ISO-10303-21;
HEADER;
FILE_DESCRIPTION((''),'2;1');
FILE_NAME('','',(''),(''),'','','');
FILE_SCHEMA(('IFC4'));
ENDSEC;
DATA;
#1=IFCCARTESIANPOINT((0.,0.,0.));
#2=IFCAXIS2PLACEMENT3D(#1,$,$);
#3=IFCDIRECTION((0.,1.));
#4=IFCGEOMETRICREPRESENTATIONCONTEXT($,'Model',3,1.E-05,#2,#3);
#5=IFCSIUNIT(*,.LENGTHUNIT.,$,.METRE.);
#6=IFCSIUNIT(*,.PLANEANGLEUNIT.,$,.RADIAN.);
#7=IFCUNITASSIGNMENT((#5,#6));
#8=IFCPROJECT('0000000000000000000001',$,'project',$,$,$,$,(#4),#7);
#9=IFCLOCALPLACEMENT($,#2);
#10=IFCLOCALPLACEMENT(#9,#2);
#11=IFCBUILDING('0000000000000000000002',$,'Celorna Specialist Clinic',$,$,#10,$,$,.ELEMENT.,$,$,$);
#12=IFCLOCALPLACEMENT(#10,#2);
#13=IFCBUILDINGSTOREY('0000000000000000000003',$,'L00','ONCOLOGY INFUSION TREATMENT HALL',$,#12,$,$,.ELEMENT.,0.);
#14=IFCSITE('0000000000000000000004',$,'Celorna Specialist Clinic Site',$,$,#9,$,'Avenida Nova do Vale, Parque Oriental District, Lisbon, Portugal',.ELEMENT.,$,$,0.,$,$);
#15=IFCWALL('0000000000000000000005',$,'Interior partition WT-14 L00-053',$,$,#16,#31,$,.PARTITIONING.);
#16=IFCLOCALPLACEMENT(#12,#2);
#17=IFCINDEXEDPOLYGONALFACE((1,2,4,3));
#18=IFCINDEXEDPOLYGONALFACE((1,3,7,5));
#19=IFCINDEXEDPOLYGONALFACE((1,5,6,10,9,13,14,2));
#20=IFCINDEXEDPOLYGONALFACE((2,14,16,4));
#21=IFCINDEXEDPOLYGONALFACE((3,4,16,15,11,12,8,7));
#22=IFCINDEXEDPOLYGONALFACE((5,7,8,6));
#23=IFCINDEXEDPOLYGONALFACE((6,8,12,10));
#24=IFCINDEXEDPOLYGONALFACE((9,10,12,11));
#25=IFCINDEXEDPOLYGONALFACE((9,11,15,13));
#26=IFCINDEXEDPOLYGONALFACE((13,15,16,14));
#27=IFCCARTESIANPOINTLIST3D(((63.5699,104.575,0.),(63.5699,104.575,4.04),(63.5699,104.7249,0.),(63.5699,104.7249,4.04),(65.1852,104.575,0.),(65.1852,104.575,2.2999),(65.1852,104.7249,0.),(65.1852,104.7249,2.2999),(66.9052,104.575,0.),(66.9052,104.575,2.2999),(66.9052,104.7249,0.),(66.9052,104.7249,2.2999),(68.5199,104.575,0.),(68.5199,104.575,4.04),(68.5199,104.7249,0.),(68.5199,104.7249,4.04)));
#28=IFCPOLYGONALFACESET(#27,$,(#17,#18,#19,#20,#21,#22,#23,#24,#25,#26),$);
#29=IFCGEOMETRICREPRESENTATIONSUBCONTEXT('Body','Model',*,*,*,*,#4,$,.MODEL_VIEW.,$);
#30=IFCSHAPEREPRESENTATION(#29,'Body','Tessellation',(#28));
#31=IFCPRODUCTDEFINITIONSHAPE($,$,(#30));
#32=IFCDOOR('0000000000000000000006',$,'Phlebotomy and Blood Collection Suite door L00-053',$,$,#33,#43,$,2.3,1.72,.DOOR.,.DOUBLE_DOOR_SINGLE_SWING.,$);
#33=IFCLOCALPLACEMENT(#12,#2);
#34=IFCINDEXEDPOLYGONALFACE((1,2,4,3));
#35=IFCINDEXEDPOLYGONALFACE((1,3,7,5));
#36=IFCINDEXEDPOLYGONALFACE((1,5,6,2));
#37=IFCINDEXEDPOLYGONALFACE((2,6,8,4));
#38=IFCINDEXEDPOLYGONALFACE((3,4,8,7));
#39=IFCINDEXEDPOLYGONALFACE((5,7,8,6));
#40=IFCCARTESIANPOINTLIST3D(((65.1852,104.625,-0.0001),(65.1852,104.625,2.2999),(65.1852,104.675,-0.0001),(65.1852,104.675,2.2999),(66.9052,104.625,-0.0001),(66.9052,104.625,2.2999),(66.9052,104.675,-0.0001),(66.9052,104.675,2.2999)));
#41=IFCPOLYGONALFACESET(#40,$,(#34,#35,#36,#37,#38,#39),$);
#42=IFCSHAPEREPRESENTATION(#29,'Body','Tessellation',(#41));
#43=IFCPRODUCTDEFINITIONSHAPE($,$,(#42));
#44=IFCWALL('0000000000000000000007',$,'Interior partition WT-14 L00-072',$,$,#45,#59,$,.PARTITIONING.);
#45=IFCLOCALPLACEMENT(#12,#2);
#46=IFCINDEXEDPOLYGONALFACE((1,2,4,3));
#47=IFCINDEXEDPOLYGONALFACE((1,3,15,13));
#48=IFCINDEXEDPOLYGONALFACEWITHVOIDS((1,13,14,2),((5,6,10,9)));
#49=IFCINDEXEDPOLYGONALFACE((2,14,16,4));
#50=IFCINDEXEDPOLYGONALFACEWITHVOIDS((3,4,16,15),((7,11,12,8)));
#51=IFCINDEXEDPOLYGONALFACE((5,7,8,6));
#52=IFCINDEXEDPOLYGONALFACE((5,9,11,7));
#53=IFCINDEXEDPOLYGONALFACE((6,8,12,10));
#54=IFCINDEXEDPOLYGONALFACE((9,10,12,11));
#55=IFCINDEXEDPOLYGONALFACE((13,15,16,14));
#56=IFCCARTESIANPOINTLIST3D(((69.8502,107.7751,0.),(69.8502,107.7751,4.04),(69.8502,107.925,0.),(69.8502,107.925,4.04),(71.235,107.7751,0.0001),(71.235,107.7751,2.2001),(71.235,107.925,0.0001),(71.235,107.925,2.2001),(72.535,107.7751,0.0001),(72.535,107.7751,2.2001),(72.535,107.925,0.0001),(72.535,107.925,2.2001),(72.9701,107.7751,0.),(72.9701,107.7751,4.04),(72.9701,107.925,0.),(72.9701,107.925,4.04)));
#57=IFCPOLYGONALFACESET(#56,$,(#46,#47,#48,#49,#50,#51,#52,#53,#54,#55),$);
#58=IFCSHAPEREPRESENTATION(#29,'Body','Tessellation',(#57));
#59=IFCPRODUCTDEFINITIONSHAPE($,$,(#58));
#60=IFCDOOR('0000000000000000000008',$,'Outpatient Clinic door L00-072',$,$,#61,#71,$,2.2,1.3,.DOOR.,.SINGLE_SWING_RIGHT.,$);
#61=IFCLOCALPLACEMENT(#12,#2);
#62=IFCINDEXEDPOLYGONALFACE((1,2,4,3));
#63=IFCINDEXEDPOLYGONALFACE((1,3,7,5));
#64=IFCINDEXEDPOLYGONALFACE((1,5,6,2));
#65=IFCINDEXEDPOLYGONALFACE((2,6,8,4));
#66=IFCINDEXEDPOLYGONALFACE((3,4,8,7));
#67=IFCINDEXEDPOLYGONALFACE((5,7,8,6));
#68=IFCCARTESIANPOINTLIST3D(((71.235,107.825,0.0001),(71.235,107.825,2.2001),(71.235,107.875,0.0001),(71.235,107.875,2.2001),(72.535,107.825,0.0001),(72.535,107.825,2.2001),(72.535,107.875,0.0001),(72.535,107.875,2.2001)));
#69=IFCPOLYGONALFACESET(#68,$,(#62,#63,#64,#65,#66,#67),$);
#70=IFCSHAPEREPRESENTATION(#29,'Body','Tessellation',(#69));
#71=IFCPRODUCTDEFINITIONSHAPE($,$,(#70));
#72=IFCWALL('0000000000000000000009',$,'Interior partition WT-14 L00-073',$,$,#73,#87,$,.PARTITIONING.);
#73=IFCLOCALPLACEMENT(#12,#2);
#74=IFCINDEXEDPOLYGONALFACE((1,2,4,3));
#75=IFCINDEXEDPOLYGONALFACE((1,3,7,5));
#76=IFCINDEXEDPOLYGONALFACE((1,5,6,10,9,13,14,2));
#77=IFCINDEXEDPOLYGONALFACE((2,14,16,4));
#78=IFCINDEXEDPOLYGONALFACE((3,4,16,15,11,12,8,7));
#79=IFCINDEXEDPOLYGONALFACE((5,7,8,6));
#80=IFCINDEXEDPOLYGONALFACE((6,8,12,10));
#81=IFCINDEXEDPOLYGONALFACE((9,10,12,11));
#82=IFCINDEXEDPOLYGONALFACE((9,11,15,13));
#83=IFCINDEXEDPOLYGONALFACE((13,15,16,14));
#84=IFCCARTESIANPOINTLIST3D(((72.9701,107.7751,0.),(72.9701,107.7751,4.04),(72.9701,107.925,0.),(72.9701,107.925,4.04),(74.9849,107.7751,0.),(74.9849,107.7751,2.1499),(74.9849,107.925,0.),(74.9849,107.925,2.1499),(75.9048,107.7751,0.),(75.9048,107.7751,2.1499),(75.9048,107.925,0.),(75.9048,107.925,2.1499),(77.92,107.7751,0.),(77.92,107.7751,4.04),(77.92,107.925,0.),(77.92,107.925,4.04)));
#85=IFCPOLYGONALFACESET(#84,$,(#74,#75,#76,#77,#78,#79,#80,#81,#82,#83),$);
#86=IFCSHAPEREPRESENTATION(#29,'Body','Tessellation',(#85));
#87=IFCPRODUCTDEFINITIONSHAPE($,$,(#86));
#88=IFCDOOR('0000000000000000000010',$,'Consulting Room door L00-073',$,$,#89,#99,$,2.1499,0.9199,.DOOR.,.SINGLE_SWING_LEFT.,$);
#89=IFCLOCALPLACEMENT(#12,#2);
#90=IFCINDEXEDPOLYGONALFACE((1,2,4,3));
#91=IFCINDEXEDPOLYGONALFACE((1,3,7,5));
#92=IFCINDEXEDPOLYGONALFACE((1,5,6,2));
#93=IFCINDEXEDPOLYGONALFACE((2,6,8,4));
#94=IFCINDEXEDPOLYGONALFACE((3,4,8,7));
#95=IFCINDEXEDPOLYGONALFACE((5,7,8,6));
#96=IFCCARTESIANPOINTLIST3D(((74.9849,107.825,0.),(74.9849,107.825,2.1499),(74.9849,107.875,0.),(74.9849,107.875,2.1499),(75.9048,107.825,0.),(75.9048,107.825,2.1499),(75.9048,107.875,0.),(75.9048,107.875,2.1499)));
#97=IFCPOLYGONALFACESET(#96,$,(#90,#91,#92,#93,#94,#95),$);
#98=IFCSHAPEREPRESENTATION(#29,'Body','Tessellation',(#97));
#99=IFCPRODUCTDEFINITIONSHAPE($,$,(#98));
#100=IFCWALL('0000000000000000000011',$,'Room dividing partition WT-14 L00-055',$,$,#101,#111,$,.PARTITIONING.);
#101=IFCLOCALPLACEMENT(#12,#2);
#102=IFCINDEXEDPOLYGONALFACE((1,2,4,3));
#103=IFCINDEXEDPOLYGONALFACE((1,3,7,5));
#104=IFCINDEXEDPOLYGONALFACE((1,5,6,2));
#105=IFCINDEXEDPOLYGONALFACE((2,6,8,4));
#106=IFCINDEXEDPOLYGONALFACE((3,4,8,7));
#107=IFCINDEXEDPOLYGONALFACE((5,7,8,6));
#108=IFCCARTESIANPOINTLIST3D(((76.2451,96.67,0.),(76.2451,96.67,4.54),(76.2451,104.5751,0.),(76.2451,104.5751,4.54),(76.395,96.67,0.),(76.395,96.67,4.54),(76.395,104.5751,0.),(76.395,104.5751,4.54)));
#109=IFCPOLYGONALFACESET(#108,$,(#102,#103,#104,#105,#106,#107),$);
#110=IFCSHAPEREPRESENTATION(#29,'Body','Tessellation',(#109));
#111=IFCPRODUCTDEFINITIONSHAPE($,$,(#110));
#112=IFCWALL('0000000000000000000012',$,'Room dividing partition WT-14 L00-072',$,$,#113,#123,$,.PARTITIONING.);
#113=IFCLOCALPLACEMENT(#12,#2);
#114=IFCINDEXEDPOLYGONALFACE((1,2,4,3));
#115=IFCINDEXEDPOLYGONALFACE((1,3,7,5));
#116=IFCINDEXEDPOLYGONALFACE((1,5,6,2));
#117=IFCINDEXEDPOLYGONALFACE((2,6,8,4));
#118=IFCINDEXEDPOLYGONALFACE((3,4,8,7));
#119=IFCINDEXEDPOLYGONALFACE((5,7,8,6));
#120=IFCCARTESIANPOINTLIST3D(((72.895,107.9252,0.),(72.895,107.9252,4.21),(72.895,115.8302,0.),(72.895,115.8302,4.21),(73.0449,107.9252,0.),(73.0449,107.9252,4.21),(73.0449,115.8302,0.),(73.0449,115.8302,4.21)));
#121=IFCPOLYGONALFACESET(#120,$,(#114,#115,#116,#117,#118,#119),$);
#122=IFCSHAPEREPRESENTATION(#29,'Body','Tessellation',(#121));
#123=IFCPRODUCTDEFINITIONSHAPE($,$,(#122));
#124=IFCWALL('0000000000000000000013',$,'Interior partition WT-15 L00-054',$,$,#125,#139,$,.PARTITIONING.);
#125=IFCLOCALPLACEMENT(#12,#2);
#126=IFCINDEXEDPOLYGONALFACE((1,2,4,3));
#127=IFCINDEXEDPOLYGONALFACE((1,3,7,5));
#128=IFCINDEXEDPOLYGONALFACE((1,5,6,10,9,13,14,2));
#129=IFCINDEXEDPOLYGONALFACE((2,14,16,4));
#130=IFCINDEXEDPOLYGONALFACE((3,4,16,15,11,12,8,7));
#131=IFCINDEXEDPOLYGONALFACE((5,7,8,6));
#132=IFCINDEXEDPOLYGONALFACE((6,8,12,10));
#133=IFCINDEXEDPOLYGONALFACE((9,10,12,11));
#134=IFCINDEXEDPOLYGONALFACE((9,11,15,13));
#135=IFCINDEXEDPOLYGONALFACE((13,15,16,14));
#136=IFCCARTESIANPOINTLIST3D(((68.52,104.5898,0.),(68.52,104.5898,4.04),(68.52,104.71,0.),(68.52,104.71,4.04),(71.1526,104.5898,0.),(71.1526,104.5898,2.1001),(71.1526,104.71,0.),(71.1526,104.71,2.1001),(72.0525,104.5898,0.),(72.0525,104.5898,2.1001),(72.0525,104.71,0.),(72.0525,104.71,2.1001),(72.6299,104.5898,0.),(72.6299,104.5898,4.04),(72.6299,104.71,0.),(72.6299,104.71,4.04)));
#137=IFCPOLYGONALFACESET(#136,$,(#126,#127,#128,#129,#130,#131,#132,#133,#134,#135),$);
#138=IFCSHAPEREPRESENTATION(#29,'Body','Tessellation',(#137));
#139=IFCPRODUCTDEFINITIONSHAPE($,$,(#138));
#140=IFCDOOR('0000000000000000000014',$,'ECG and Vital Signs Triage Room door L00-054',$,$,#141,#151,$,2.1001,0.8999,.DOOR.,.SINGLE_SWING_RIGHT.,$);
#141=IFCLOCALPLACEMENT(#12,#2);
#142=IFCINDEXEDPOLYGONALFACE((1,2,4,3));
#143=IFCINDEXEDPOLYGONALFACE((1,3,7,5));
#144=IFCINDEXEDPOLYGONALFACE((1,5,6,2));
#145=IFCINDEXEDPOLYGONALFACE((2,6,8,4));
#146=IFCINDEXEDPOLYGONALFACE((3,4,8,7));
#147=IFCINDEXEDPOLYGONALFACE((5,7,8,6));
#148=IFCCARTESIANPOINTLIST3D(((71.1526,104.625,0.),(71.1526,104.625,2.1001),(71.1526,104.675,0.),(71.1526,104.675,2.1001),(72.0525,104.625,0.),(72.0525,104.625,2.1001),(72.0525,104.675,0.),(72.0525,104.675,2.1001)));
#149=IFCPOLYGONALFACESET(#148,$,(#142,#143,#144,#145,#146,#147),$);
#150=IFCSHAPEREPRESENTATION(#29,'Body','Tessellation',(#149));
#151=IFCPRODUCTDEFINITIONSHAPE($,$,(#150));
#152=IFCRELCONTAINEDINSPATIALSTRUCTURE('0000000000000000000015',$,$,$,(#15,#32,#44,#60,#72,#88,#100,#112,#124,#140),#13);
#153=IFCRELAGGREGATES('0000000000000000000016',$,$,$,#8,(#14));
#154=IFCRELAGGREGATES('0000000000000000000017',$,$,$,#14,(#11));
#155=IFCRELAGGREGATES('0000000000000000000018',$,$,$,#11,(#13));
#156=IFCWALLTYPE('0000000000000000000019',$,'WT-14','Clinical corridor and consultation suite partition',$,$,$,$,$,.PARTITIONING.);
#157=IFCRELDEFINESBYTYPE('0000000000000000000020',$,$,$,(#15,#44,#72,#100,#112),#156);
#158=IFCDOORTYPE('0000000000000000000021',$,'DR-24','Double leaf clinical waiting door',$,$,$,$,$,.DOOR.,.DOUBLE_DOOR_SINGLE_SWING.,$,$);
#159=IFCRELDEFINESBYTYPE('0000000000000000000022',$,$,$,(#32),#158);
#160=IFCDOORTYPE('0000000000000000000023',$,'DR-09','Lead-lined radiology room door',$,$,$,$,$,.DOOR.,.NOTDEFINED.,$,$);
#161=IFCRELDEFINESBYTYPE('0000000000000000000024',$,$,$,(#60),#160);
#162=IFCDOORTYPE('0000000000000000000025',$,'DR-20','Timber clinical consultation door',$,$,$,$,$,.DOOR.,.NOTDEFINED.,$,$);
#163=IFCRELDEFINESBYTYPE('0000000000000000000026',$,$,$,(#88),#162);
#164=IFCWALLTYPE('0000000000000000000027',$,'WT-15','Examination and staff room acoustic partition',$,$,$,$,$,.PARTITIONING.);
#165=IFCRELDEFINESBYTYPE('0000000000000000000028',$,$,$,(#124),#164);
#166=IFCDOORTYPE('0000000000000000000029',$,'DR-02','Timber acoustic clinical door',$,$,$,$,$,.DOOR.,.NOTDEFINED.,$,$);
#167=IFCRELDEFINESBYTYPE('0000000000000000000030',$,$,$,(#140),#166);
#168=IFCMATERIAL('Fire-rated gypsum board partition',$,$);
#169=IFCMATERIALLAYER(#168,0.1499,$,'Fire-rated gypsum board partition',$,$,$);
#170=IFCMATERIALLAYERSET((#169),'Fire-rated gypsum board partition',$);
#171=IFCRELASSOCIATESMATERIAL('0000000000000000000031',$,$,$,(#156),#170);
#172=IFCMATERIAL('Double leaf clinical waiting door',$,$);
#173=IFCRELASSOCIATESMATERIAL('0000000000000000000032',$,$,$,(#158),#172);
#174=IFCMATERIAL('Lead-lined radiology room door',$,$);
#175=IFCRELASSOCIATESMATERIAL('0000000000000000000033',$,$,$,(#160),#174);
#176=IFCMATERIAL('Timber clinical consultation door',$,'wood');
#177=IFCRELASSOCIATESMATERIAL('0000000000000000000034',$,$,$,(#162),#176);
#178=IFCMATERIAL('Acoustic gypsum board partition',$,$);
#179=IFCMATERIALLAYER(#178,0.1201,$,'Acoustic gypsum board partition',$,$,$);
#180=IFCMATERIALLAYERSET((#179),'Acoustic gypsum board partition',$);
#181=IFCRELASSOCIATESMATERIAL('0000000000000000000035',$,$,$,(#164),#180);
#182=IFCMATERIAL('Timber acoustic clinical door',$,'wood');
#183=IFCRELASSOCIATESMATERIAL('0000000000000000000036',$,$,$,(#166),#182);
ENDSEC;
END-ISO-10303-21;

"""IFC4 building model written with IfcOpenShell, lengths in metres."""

from ifc_helpers import new_model, si_unit, direction, frame, frame_2d, origin, place, context, subcontext, project, spatial, rectangle, extrude, material, layer, layer_set, type_object, element, fill, save


model = new_model("IFC4")

# Units and contexts
model_context = context("Model", 3, precision=1e-05, world=origin(), true_north=direction((0.0, 1.0)))
body_context = subcontext(model_context, "Body", "Model", "MODEL_VIEW")
ifc_project = project(units=[si_unit("LENGTHUNIT", "METRE"), si_unit("PLANEANGLEUNIT", "RADIAN")], contexts=[model_context])

# Site, building, storey
site_placement = place(None, origin())
site = spatial("IfcSite", under=ifc_project, at=site_placement, Name="Celorna Specialist Clinic Site", LongName="Avenida Nova do Vale, Parque Oriental District, Lisbon, Portugal", CompositionType="ELEMENT", RefElevation=0.0)
building_placement = place(site_placement, origin())
building = spatial("IfcBuilding", under=site, at=building_placement, Name="Celorna Specialist Clinic", CompositionType="ELEMENT")
storey_placement = place(building_placement, origin())
storey = spatial("IfcBuildingStorey", under=building, at=storey_placement, Name="L00", Description="ONCOLOGY INFUSION TREATMENT HALL", CompositionType="ELEMENT", Elevation=0.0)

# Walls, openings, doors
ifc_material_1 = material(Name="Fire-rated gypsum board partition")
ifc_layer_1 = layer(ifc_material_1, 0.1499, Name="Fire-rated gypsum board partition")
ifc_layer_set_1 = layer_set([ifc_layer_1], Name="Fire-rated gypsum board partition")
wall_type_1 = type_object("IfcWallType", Name="WT-14", Description="Clinical corridor and consultation suite partition", PredefinedType="PARTITIONING", material=ifc_layer_set_1)
wall_1_placement = place(storey_placement, frame((68.52, 104.6499, 0.0), z_axis=(0.0, 0.0, 1.0), x_axis=(-1.0, 0.0, 0.0)))
wall_1 = element("IfcWall", 1, at=wall_1_placement, inside=storey, type_object=wall_type_1, Name="Interior partition WT-14 L00-053", PredefinedType="PARTITIONING", context=body_context, shape_type="SweptSolid", body=[
    extrude(rectangle(XDim=4.95, YDim=0.1499, at=frame_2d((2.4751, 0.0))), origin(), (0.0, 0.0, 1.0), 4.04),
])
opening_1_placement = place(wall_1_placement, frame((1.615, 0.0, 0.0)))
opening_1 = element("IfcOpeningElement", 2, at=opening_1_placement, cuts=wall_1, PredefinedType="OPENING", context=body_context, shape_type="SweptSolid", body=[
    extrude(rectangle(XDim=1.72, YDim=2.3, at=frame_2d((0.8599, 1.1499))), frame((0.0, 0.085, 0.0), z_axis=(0.0, -1.0, 0.0), x_axis=(1.0, 0.0, 0.0)), (0.0, 0.0, 1.0), 0.1699),
])
ifc_material_2 = material(Name="Double leaf clinical waiting door")
door_type_1 = type_object("IfcDoorType", Name="DR-24", Description="Double leaf clinical waiting door", OperationType="DOUBLE_DOOR_SINGLE_SWING", PredefinedType="DOOR", material=ifc_material_2)
door_1_placement = place(opening_1_placement, origin())
door_1 = element("IfcDoor", 3, at=door_1_placement, inside=storey, type_object=door_type_1, Name="Phlebotomy and Blood Collection Suite door L00-053", OperationType="DOUBLE_DOOR_SINGLE_SWING", OverallHeight=2.3, OverallWidth=1.72, PredefinedType="DOOR", context=body_context, shape_type="SweptSolid", body=[
    extrude(rectangle(XDim=1.72, YDim=2.3, at=frame_2d((0.8599, 1.1499))), frame((0.0, 0.0249, 0.0), z_axis=(0.0, -1.0, 0.0), x_axis=(1.0, 0.0, 0.0)), (0.0, 0.0, 1.0), 0.05),
])
fill(opening_1, door_1)
wall_2_placement = place(storey_placement, frame((69.8501, 107.8501, 0.0), z_axis=(0.0, 0.0, 1.0), x_axis=(1.0, 0.0, 0.0)))
wall_2 = element("IfcWall", 4, at=wall_2_placement, inside=storey, type_object=wall_type_1, Name="Interior partition WT-14 L00-072", PredefinedType="PARTITIONING", context=body_context, shape_type="SweptSolid", body=[
    extrude(rectangle(XDim=3.1199, YDim=0.1499, at=frame_2d((1.5601, 0.0))), origin(), (0.0, 0.0, 1.0), 4.04),
])
opening_2_placement = place(wall_2_placement, frame((1.385, 0.0, 0.0)))
opening_2 = element("IfcOpeningElement", 5, at=opening_2_placement, cuts=wall_2, PredefinedType="OPENING", context=body_context, shape_type="SweptSolid", body=[
    extrude(rectangle(XDim=1.3, YDim=2.2, at=frame_2d((0.6499, 1.1001))), frame((0.0, 0.085, 0.0), z_axis=(0.0, -1.0, 0.0), x_axis=(1.0, 0.0, 0.0)), (0.0, 0.0, 1.0), 0.1699),
])
ifc_material_3 = material(Name="Lead-lined radiology room door")
door_type_2 = type_object("IfcDoorType", Name="DR-09", Description="Lead-lined radiology room door", OperationType="NOTDEFINED", PredefinedType="DOOR", material=ifc_material_3)
door_2_placement = place(opening_2_placement, origin())
door_2 = element("IfcDoor", 6, at=door_2_placement, inside=storey, type_object=door_type_2, Name="Outpatient Clinic door L00-072", OperationType="SINGLE_SWING_RIGHT", OverallHeight=2.2, OverallWidth=1.3, PredefinedType="DOOR", context=body_context, shape_type="SweptSolid", body=[
    extrude(rectangle(XDim=1.3, YDim=2.2, at=frame_2d((0.6499, 1.1001))), frame((0.0, 0.0249, 0.0), z_axis=(0.0, -1.0, 0.0), x_axis=(1.0, 0.0, 0.0)), (0.0, 0.0, 1.0), 0.05),
])
fill(opening_2, door_2)
wall_3_placement = place(storey_placement, frame((72.97, 107.8501, 0.0), z_axis=(0.0, 0.0, 1.0), x_axis=(1.0, 0.0, 0.0)))
wall_3 = element("IfcWall", 7, at=wall_3_placement, inside=storey, type_object=wall_type_1, Name="Interior partition WT-14 L00-073", PredefinedType="PARTITIONING", context=body_context, shape_type="SweptSolid", body=[
    extrude(rectangle(XDim=4.95, YDim=0.1499, at=frame_2d((2.4751, 0.0))), origin(), (0.0, 0.0, 1.0), 4.04),
])
opening_3_placement = place(wall_3_placement, frame((2.0149, 0.0, 0.0)))
opening_3 = element("IfcOpeningElement", 8, at=opening_3_placement, cuts=wall_3, PredefinedType="OPENING", context=body_context, shape_type="SweptSolid", body=[
    extrude(rectangle(XDim=0.9199, YDim=2.1499, at=frame_2d((0.46, 1.075))), frame((0.0, 0.085, 0.0), z_axis=(0.0, -1.0, 0.0), x_axis=(1.0, 0.0, 0.0)), (0.0, 0.0, 1.0), 0.1699),
])
ifc_material_4 = material(Name="Timber clinical consultation door", Category="wood")
door_type_3 = type_object("IfcDoorType", Name="DR-20", Description="Timber clinical consultation door", OperationType="NOTDEFINED", PredefinedType="DOOR", material=ifc_material_4)
door_3_placement = place(opening_3_placement, origin())
door_3 = element("IfcDoor", 9, at=door_3_placement, inside=storey, type_object=door_type_3, Name="Consulting Room door L00-073", OperationType="SINGLE_SWING_LEFT", OverallHeight=2.1499, OverallWidth=0.9199, PredefinedType="DOOR", context=body_context, shape_type="SweptSolid", body=[
    extrude(rectangle(XDim=0.9199, YDim=2.1499, at=frame_2d((0.46, 1.075))), frame((0.0, 0.0249, 0.0), z_axis=(0.0, -1.0, 0.0), x_axis=(1.0, 0.0, 0.0)), (0.0, 0.0, 1.0), 0.05),
])
fill(opening_3, door_3)

# Walls
wall_4_placement = place(storey_placement, frame((76.3201, 96.6699, 0.0), z_axis=(0.0, 0.0, 1.0), x_axis=(0.0, 1.0, 0.0)))
element("IfcWall", 10, at=wall_4_placement, inside=storey, type_object=wall_type_1, Name="Room dividing partition WT-14 L00-055", PredefinedType="PARTITIONING", context=body_context, shape_type="SweptSolid", body=[
    extrude(rectangle(XDim=7.905, YDim=0.1499, at=frame_2d((3.9526, 0.0))), origin(), (0.0, 0.0, 1.0), 4.54),
])
wall_5_placement = place(storey_placement, frame((72.97, 107.925, 0.0), z_axis=(0.0, 0.0, 1.0), x_axis=(0.0, 1.0, 0.0)))
element("IfcWall", 11, at=wall_5_placement, inside=storey, type_object=wall_type_1, Name="Room dividing partition WT-14 L00-072", PredefinedType="PARTITIONING", context=body_context, shape_type="SweptSolid", body=[
    extrude(rectangle(XDim=7.905, YDim=0.1499, at=frame_2d((3.9526, 0.0))), origin(), (0.0, 0.0, 1.0), 4.21),
])

# Wall, opening, door
ifc_material_5 = material(Name="Acoustic gypsum board partition")
ifc_layer_2 = layer(ifc_material_5, 0.1201, Name="Acoustic gypsum board partition")
ifc_layer_set_2 = layer_set([ifc_layer_2], Name="Acoustic gypsum board partition")
wall_type_2 = type_object("IfcWallType", Name="WT-15", Description="Examination and staff room acoustic partition", PredefinedType="PARTITIONING", material=ifc_layer_set_2)
wall_6_placement = place(storey_placement, frame((72.6299, 104.6499, 0.0), z_axis=(0.0, 0.0, 1.0), x_axis=(-1.0, 0.0, 0.0)))
wall_6 = element("IfcWall", 12, at=wall_6_placement, inside=storey, type_object=wall_type_2, Name="Interior partition WT-15 L00-054", PredefinedType="PARTITIONING", context=body_context, shape_type="SweptSolid", body=[
    extrude(rectangle(XDim=4.1099, YDim=0.1201, at=frame_2d((2.0549, 0.0))), origin(), (0.0, 0.0, 1.0), 4.04),
])
opening_4_placement = place(wall_6_placement, frame((0.5774, 0.0, 0.0)))
opening_4 = element("IfcOpeningElement", 13, at=opening_4_placement, cuts=wall_6, PredefinedType="OPENING", context=body_context, shape_type="SweptSolid", body=[
    extrude(rectangle(XDim=0.8999, YDim=2.1001, at=frame_2d((0.45, 1.05))), frame((0.0, 0.0701, 0.0), z_axis=(0.0, -1.0, 0.0), x_axis=(1.0, 0.0, 0.0)), (0.0, 0.0, 1.0), 0.1401),
])
ifc_material_6 = material(Name="Timber acoustic clinical door", Category="wood")
door_type_4 = type_object("IfcDoorType", Name="DR-02", Description="Timber acoustic clinical door", OperationType="NOTDEFINED", PredefinedType="DOOR", material=ifc_material_6)
door_4_placement = place(opening_4_placement, origin())
door_4 = element("IfcDoor", 14, at=door_4_placement, inside=storey, type_object=door_type_4, Name="ECG and Vital Signs Triage Room door L00-054", OperationType="SINGLE_SWING_RIGHT", OverallHeight=2.1001, OverallWidth=0.8999, PredefinedType="DOOR", context=body_context, shape_type="SweptSolid", body=[
    extrude(rectangle(XDim=0.8999, YDim=2.1001, at=frame_2d((0.45, 1.05))), frame((0.0, 0.0249, 0.0), z_axis=(0.0, -1.0, 0.0), x_axis=(1.0, 0.0, 0.0)), (0.0, 0.0, 1.0), 0.05),
])
fill(opening_4, door_4)

save(model, "model.ifc")
